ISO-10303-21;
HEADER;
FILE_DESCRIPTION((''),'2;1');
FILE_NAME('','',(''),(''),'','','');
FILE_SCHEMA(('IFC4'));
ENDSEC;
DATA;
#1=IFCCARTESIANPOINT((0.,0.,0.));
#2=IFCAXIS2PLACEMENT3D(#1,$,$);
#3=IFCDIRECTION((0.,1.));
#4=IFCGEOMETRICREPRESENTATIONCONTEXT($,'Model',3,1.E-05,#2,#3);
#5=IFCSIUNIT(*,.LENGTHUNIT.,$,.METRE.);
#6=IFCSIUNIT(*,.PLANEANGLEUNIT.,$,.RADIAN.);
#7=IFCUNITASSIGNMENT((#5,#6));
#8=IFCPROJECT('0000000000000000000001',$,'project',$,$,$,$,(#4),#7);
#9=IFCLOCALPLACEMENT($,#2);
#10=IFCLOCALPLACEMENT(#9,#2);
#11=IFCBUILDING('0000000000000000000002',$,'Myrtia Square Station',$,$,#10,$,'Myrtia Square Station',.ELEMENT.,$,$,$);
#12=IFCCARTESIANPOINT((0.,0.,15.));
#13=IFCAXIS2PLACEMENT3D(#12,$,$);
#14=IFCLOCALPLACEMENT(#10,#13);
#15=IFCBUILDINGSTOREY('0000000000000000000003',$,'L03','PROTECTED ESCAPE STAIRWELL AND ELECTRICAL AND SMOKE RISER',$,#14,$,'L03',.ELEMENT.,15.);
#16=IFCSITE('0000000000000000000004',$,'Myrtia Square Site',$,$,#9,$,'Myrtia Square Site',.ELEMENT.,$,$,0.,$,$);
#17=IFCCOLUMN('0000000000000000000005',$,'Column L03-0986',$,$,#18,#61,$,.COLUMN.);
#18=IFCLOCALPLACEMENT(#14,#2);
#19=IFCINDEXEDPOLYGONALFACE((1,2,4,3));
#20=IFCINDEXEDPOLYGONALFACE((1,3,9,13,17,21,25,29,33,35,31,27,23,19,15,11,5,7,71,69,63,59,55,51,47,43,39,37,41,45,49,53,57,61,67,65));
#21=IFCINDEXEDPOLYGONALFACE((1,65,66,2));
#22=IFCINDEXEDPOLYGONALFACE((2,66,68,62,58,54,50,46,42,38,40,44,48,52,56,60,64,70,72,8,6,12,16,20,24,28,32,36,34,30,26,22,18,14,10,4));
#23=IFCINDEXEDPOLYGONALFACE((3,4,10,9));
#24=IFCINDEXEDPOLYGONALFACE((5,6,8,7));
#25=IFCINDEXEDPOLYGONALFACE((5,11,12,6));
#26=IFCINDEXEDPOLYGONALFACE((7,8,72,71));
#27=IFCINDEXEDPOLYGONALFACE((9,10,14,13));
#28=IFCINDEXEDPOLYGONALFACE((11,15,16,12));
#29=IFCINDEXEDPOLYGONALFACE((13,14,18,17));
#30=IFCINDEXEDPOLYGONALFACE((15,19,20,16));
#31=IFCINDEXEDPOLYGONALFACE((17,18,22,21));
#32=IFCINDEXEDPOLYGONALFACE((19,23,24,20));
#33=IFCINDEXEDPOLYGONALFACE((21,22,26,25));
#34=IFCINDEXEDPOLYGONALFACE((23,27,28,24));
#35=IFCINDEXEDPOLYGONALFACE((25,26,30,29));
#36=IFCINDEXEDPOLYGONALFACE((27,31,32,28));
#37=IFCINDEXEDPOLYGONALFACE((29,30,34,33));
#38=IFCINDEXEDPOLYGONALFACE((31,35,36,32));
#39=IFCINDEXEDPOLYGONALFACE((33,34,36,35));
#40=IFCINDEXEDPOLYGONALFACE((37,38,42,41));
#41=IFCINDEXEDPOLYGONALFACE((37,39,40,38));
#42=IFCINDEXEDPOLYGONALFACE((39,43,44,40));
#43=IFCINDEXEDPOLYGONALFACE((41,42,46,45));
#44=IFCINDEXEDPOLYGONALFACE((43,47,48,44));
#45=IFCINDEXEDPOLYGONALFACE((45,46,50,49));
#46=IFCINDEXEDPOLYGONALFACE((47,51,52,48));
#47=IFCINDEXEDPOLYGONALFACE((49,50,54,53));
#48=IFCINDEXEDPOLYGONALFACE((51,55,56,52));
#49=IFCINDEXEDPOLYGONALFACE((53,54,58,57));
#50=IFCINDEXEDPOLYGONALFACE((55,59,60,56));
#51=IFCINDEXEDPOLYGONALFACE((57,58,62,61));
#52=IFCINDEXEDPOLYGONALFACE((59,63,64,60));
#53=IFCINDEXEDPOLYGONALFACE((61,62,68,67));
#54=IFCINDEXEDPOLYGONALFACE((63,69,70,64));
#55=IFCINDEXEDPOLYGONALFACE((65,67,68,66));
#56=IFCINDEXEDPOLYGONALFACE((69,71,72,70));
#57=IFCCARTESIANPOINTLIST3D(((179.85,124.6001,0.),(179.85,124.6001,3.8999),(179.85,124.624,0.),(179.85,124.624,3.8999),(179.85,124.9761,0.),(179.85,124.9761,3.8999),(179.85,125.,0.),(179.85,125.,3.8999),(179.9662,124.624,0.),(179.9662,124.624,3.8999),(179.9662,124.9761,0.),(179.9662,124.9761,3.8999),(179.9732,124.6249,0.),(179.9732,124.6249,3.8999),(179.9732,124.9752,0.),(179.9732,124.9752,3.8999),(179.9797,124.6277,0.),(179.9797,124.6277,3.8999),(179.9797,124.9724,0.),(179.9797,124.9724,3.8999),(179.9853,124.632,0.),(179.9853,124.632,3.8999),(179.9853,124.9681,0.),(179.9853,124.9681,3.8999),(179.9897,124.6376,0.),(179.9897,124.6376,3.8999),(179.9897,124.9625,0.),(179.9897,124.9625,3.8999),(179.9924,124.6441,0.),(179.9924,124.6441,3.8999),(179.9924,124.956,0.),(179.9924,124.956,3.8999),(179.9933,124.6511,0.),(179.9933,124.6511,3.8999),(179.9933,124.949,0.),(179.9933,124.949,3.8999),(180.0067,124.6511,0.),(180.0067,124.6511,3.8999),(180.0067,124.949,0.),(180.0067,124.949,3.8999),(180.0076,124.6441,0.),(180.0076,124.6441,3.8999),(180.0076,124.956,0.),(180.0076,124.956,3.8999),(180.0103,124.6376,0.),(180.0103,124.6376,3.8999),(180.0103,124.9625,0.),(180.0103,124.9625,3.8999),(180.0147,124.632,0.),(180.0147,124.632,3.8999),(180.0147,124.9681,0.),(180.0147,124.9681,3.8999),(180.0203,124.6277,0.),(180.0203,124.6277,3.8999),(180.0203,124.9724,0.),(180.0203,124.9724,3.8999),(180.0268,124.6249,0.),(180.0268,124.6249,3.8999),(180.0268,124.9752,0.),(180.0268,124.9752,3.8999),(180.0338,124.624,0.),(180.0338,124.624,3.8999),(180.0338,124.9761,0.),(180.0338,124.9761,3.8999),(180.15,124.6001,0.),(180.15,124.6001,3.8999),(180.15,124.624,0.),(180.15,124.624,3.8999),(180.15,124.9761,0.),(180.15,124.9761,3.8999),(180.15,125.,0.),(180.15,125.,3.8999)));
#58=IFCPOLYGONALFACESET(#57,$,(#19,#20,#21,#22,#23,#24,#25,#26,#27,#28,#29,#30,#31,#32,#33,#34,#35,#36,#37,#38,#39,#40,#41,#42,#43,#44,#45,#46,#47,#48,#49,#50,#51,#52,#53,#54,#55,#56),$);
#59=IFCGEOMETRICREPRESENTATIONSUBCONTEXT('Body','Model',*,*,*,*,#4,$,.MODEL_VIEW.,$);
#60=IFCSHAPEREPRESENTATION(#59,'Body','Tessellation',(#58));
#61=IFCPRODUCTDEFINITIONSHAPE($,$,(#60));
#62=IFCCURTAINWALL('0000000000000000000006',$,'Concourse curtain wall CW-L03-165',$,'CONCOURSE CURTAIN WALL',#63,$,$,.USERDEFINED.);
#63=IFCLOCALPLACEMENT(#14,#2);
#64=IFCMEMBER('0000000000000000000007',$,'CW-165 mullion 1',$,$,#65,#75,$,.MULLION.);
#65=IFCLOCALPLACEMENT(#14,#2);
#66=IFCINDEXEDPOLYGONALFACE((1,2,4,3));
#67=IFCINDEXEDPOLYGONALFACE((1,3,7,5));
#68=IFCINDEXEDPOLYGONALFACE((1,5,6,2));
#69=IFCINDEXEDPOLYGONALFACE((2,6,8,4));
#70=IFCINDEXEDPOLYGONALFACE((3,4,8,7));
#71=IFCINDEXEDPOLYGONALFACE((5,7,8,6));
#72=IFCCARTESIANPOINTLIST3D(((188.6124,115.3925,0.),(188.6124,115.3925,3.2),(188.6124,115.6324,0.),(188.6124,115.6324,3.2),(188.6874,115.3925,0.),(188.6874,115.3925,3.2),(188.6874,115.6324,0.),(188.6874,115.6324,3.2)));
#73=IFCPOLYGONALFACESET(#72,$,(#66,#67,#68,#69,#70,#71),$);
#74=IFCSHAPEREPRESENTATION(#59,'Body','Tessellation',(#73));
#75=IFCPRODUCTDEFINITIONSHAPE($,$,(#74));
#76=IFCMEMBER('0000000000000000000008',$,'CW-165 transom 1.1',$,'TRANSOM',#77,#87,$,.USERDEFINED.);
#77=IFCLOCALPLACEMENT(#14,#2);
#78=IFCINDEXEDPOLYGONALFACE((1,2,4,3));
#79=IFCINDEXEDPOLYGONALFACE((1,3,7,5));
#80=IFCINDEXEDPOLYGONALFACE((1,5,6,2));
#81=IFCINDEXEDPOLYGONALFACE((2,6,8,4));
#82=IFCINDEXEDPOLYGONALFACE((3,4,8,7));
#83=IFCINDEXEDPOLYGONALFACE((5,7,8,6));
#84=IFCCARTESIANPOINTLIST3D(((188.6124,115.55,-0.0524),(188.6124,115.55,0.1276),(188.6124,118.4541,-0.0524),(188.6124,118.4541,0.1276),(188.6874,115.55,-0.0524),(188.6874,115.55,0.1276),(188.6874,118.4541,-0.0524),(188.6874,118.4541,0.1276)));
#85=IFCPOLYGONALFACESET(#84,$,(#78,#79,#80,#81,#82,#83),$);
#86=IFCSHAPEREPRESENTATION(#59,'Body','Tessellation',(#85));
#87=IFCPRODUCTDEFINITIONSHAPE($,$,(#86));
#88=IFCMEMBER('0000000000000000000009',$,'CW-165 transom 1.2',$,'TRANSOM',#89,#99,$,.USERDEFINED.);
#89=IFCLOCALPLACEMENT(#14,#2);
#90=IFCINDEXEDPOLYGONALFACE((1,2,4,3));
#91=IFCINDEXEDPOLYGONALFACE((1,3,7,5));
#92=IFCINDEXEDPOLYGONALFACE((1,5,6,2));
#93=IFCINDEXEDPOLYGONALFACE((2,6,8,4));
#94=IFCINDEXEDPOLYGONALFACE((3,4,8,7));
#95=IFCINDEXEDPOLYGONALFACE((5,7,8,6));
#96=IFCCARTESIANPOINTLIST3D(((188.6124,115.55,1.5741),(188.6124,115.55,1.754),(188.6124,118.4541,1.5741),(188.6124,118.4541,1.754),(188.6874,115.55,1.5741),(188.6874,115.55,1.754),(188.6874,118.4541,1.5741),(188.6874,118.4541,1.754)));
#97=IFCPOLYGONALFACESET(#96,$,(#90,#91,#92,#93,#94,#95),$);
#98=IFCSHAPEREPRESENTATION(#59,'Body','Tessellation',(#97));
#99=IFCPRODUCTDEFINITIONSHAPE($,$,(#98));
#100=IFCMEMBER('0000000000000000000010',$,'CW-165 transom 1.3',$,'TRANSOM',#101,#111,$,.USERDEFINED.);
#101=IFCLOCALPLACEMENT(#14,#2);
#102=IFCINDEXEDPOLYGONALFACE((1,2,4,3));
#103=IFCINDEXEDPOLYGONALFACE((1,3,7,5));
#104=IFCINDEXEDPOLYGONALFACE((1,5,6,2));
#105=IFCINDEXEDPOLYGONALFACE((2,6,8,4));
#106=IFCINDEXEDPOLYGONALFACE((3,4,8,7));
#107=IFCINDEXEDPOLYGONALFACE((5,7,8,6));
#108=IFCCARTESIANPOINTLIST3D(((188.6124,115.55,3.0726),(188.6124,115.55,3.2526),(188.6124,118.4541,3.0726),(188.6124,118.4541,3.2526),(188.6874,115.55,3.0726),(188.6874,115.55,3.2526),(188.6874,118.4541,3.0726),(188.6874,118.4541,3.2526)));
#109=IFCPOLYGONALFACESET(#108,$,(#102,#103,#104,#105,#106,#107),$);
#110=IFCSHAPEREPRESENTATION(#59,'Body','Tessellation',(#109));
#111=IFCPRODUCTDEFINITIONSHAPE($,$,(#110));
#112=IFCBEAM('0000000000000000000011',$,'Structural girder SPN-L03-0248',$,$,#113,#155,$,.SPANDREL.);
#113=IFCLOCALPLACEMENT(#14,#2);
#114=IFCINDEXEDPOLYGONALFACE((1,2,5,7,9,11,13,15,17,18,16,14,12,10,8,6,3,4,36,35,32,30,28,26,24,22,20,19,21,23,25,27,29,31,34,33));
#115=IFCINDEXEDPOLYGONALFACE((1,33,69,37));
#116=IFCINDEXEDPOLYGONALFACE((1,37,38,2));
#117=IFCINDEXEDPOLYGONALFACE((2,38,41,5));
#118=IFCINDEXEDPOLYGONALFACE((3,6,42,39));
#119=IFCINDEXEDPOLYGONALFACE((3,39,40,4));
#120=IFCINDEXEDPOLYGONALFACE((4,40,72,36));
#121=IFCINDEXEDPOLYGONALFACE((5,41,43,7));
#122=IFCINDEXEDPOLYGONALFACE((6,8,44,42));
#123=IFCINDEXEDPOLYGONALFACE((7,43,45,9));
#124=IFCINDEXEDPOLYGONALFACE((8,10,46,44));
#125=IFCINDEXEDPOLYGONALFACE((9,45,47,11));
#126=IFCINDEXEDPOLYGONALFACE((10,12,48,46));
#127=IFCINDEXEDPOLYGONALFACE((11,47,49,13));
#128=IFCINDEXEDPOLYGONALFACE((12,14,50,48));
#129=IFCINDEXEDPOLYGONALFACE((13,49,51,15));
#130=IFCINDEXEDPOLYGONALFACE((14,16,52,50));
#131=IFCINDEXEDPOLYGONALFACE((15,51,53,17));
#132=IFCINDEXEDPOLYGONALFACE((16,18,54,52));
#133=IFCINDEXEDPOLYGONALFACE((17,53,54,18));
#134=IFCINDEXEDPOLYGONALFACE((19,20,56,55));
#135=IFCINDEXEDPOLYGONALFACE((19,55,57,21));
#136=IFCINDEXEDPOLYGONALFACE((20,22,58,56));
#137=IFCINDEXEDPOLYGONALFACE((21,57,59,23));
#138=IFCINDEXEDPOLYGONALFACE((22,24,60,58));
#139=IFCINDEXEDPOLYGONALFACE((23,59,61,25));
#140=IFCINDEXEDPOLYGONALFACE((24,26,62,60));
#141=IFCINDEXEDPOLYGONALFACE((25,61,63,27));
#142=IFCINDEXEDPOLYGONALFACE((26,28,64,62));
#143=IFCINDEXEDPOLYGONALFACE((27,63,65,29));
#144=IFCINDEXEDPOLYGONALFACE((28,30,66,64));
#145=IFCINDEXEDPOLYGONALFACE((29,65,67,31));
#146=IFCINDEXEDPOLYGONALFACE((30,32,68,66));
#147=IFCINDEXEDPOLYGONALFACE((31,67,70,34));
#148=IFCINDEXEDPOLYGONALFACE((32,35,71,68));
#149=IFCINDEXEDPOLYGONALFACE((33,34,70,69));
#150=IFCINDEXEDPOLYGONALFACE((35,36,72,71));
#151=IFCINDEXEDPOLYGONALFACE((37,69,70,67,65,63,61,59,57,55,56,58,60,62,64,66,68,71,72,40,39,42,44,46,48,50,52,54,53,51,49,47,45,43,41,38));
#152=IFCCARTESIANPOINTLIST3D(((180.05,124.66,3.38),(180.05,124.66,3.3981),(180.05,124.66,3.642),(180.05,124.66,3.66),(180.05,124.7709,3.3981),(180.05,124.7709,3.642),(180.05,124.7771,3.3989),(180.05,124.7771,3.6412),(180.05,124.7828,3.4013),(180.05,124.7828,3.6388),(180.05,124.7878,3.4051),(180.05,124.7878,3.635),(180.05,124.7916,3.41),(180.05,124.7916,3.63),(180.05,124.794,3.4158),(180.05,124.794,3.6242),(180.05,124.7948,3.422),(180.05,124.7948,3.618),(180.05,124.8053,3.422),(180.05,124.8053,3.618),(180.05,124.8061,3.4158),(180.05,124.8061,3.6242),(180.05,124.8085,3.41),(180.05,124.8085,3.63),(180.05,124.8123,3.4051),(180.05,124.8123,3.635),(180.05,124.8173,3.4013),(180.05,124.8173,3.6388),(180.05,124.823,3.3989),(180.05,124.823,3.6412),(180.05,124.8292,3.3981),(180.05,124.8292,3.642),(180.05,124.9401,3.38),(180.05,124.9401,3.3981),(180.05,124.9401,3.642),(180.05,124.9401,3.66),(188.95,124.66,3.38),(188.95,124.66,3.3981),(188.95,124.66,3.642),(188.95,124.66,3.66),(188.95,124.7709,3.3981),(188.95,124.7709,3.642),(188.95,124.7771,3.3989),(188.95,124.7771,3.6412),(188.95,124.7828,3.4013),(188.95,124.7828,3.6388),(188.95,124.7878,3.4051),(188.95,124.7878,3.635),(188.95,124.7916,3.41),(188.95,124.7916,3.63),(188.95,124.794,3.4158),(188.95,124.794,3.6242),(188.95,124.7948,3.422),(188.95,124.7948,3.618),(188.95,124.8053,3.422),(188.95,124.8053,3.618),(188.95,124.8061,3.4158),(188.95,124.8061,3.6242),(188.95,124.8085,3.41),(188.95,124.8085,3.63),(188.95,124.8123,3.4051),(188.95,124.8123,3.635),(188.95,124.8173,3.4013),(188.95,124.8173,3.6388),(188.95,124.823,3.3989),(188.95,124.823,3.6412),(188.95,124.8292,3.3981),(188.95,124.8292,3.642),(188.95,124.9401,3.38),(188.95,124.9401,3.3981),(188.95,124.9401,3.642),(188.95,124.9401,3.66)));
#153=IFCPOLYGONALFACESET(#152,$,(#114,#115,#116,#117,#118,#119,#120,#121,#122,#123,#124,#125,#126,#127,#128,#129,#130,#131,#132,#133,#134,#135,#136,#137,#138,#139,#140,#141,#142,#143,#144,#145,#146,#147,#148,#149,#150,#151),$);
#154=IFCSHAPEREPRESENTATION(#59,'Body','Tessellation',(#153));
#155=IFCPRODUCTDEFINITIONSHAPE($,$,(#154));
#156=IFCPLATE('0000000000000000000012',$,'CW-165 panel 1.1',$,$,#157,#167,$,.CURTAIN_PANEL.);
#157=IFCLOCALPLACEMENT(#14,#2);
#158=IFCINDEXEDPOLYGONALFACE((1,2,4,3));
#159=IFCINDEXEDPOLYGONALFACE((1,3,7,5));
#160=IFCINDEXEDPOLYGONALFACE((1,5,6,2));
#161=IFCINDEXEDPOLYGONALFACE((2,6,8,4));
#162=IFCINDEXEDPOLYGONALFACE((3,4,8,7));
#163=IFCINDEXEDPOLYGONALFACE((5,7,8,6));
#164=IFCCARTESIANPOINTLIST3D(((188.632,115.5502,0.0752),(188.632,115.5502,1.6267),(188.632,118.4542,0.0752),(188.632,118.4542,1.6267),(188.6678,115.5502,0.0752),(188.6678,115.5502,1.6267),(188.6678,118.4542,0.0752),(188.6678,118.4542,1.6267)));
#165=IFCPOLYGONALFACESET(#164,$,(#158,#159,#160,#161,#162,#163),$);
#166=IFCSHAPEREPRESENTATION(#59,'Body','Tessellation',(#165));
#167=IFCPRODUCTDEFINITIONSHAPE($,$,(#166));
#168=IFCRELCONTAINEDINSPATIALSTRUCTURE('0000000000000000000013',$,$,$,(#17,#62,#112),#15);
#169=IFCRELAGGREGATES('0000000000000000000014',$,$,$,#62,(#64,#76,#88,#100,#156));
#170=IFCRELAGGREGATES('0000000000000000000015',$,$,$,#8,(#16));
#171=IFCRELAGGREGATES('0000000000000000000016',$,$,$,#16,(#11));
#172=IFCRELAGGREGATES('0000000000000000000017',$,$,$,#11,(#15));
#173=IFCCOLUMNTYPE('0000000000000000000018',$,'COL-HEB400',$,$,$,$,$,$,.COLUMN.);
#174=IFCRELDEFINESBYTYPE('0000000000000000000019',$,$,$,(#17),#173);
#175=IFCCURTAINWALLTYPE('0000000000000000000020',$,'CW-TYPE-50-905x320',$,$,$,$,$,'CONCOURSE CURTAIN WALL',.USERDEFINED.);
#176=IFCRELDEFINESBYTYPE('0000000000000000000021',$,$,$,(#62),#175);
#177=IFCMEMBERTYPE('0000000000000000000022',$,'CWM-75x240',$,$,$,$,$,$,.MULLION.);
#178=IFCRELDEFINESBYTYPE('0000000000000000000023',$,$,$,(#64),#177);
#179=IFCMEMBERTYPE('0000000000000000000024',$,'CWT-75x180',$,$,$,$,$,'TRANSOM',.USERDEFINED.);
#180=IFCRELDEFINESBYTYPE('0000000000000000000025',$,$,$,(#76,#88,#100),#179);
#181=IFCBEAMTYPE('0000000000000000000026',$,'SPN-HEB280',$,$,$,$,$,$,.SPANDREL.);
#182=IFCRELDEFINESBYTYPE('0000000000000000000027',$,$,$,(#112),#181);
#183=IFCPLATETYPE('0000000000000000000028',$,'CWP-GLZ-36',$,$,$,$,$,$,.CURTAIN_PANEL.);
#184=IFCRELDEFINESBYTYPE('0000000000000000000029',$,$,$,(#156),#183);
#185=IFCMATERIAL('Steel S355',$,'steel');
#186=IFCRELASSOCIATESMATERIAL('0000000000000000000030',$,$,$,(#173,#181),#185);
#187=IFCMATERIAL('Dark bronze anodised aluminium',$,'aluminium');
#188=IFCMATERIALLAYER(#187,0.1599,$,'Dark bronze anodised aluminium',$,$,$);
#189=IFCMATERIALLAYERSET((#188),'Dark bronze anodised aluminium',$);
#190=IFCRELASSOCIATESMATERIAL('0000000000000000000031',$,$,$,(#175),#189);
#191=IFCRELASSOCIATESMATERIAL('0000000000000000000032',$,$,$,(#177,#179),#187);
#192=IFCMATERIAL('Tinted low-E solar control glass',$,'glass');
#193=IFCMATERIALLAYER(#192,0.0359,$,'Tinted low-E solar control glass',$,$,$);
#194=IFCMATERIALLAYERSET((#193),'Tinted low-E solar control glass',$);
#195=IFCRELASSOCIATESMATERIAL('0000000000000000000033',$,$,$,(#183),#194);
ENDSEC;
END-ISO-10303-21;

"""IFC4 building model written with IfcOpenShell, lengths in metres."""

from ifc_helpers import new_model, si_unit, direction, frame, origin, origin_2d, place, context, subcontext, project, spatial, rectangle, i_section, extrude, material, layer, layer_set, material_profile, profile_set, type_object, element, aggregate, save


model = new_model("IFC4")

# Units and contexts
model_context = context("Model", 3, precision=1e-05, world=origin(), true_north=direction((0.0, 1.0)))
body_context = subcontext(model_context, "Body", "Model", "MODEL_VIEW")
ifc_project = project(units=[si_unit("LENGTHUNIT", "METRE"), si_unit("PLANEANGLEUNIT", "RADIAN")], contexts=[model_context])

# Site, building, storey
site_placement = place(None, origin())
site = spatial("IfcSite", under=ifc_project, at=site_placement, Name="Myrtia Square Site", LongName="Myrtia Square Site", CompositionType="ELEMENT", RefElevation=0.0)
building_placement = place(site_placement, origin())
building = spatial("IfcBuilding", under=site, at=building_placement, Name="Myrtia Square Station", LongName="Myrtia Square Station", CompositionType="ELEMENT")
storey_placement = place(building_placement, frame((0.0, 0.0, 15.0)))
storey = spatial("IfcBuildingStorey", under=building, at=storey_placement, Name="L03", Description="PROTECTED ESCAPE STAIRWELL AND ELECTRICAL AND SMOKE RISER", LongName="L03", CompositionType="ELEMENT", Elevation=15.0)

# Column
ifc_material_1 = material(Name="Steel S355", Category="steel")
ifc_material_profile_1 = material_profile(ifc_material_1, i_section(OverallWidth=0.3, OverallDepth=0.3999, WebThickness=0.0134, FlangeThickness=0.0239, FilletRadius=0.0271, at=origin_2d()), Name="HEB 400")
ifc_profile_set_1 = profile_set([ifc_material_profile_1], Name="Steel S355")
column_type = type_object("IfcColumnType", Name="COL-HEB400", PredefinedType="COLUMN", material=ifc_profile_set_1)
column_placement = place(storey_placement, frame((180.0, 124.8, 0.0), z_axis=(0.0, 0.0, 1.0), x_axis=(1.0, 0.0, 0.0)))
element("IfcColumn", 1, at=column_placement, inside=storey, type_object=column_type, Name="Column L03-0986", PredefinedType="COLUMN", context=body_context, shape_type="SweptSolid", body=[
    extrude(i_section(OverallWidth=0.3, OverallDepth=0.3999, WebThickness=0.0134, FlangeThickness=0.0239, FilletRadius=0.0271, at=origin_2d()), origin(), (0.0, 0.0, 1.0), 3.8999),
])

# Curtain wall, members
ifc_material_2 = material(Name="Dark bronze anodised aluminium", Category="aluminium")
ifc_layer_1 = layer(ifc_material_2, 0.1599, Name="Dark bronze anodised aluminium")
ifc_layer_set_1 = layer_set([ifc_layer_1], Name="Dark bronze anodised aluminium")
curtain_wall_type = type_object("IfcCurtainWallType", Name="CW-TYPE-50-905x320", ElementType="CONCOURSE CURTAIN WALL", PredefinedType="USERDEFINED", material=ifc_layer_set_1)
curtain_wall_placement = place(storey_placement, origin())
curtain_wall = element("IfcCurtainWall", 2, at=curtain_wall_placement, inside=storey, type_object=curtain_wall_type, Name="Concourse curtain wall CW-L03-165", ObjectType="CONCOURSE CURTAIN WALL", PredefinedType="USERDEFINED")
ifc_material_profile_2 = material_profile(ifc_material_2, rectangle(XDim=0.075, YDim=0.24, at=origin_2d()), Name="ALU-M 75x240")
ifc_profile_set_2 = profile_set([ifc_material_profile_2], Name="Dark bronze anodised aluminium")
member_type_1 = type_object("IfcMemberType", Name="CWM-75x240", PredefinedType="MULLION", material=ifc_profile_set_2)
member_1_placement = place(storey_placement, frame((188.6499, 115.5125, 0.0), z_axis=(0.0, 0.0, 1.0), x_axis=(-1.0, 0.0, 0.0)))
member_1 = element("IfcMember", 3, at=member_1_placement, type_object=member_type_1, Name="CW-165 mullion 1", PredefinedType="MULLION", context=body_context, shape_type="SweptSolid", body=[
    extrude(rectangle(XDim=0.075, YDim=0.24, at=origin_2d()), origin(), (0.0, 0.0, 1.0), 3.2),
])
ifc_material_profile_3 = material_profile(ifc_material_2, rectangle(XDim=0.075, YDim=0.1799, at=origin_2d()), Name="ALU-T 75x180")
ifc_profile_set_3 = profile_set([ifc_material_profile_3], Name="Dark bronze anodised aluminium")
member_type_2 = type_object("IfcMemberType", Name="CWT-75x180", ElementType="TRANSOM", PredefinedType="USERDEFINED", material=ifc_profile_set_3)
member_2_placement = place(storey_placement, frame((188.6499, 115.55, 0.0376), z_axis=(0.0, 1.0, 0.0), x_axis=(-1.0, 0.0, 0.0)))
member_2 = element("IfcMember", 4, at=member_2_placement, type_object=member_type_2, Name="CW-165 transom 1.1", ObjectType="TRANSOM", PredefinedType="USERDEFINED", context=body_context, shape_type="SweptSolid", body=[
    extrude(rectangle(XDim=0.075, YDim=0.1799, at=origin_2d()), origin(), (0.0, 0.0, 1.0), 2.9041),
])
member_3_placement = place(storey_placement, frame((188.6499, 115.55, 1.6641), z_axis=(0.0, 1.0, 0.0), x_axis=(-1.0, 0.0, 0.0)))
member_3 = element("IfcMember", 5, at=member_3_placement, type_object=member_type_2, Name="CW-165 transom 1.2", ObjectType="TRANSOM", PredefinedType="USERDEFINED", context=body_context, shape_type="SweptSolid", body=[
    extrude(rectangle(XDim=0.075, YDim=0.1799, at=origin_2d()), origin(), (0.0, 0.0, 1.0), 2.9041),
])
member_4_placement = place(storey_placement, frame((188.6499, 115.55, 3.1626), z_axis=(0.0, 1.0, 0.0), x_axis=(-1.0, 0.0, 0.0)))
member_4 = element("IfcMember", 6, at=member_4_placement, type_object=member_type_2, Name="CW-165 transom 1.3", ObjectType="TRANSOM", PredefinedType="USERDEFINED", context=body_context, shape_type="SweptSolid", body=[
    extrude(rectangle(XDim=0.075, YDim=0.1799, at=origin_2d()), origin(), (0.0, 0.0, 1.0), 2.9041),
])

# Beam
ifc_material_profile_4 = material_profile(ifc_material_1, i_section(OverallWidth=0.28, OverallDepth=0.28, WebThickness=0.0105, FlangeThickness=0.0181, FilletRadius=0.0239, at=origin_2d()), Name="HEB 280")
ifc_profile_set_4 = profile_set([ifc_material_profile_4], Name="Steel S355")
beam_type = type_object("IfcBeamType", Name="SPN-HEB280", PredefinedType="SPANDREL", material=ifc_profile_set_4)
beam_placement = place(storey_placement, frame((180.05, 124.8, 3.52), z_axis=(1.0, 0.0, 0.0), x_axis=(0.0, 1.0, 0.0)))
element("IfcBeam", 7, at=beam_placement, inside=storey, type_object=beam_type, Name="Structural girder SPN-L03-0248", PredefinedType="SPANDREL", context=body_context, shape_type="SweptSolid", body=[
    extrude(i_section(OverallWidth=0.28, OverallDepth=0.28, WebThickness=0.0105, FlangeThickness=0.0181, FilletRadius=0.0239, at=origin_2d()), origin(), (0.0, 0.0, 1.0), 8.8999),
])

# Plate
ifc_material_3 = material(Name="Tinted low-E solar control glass", Category="glass")
ifc_layer_2 = layer(ifc_material_3, 0.0359, Name="Tinted low-E solar control glass")
ifc_layer_set_2 = layer_set([ifc_layer_2], Name="Tinted low-E solar control glass")
plate_type = type_object("IfcPlateType", Name="CWP-GLZ-36", PredefinedType="CURTAIN_PANEL", material=ifc_layer_set_2)
plate_placement = place(storey_placement, frame((188.6499, 117.0022, 0.0752), z_axis=(0.0, 0.0, 1.0), x_axis=(0.0, 1.0, 0.0)))
plate = element("IfcPlate", 8, at=plate_placement, type_object=plate_type, Name="CW-165 panel 1.1", PredefinedType="CURTAIN_PANEL", context=body_context, shape_type="SweptSolid", body=[
    extrude(rectangle(XDim=2.9041, YDim=0.0359, at=origin_2d()), origin(), (0.0, 0.0, 1.0), 1.5515),
])
aggregate(curtain_wall, [member_1, member_2, member_3, member_4, plate])

save(model, "model.ifc")
